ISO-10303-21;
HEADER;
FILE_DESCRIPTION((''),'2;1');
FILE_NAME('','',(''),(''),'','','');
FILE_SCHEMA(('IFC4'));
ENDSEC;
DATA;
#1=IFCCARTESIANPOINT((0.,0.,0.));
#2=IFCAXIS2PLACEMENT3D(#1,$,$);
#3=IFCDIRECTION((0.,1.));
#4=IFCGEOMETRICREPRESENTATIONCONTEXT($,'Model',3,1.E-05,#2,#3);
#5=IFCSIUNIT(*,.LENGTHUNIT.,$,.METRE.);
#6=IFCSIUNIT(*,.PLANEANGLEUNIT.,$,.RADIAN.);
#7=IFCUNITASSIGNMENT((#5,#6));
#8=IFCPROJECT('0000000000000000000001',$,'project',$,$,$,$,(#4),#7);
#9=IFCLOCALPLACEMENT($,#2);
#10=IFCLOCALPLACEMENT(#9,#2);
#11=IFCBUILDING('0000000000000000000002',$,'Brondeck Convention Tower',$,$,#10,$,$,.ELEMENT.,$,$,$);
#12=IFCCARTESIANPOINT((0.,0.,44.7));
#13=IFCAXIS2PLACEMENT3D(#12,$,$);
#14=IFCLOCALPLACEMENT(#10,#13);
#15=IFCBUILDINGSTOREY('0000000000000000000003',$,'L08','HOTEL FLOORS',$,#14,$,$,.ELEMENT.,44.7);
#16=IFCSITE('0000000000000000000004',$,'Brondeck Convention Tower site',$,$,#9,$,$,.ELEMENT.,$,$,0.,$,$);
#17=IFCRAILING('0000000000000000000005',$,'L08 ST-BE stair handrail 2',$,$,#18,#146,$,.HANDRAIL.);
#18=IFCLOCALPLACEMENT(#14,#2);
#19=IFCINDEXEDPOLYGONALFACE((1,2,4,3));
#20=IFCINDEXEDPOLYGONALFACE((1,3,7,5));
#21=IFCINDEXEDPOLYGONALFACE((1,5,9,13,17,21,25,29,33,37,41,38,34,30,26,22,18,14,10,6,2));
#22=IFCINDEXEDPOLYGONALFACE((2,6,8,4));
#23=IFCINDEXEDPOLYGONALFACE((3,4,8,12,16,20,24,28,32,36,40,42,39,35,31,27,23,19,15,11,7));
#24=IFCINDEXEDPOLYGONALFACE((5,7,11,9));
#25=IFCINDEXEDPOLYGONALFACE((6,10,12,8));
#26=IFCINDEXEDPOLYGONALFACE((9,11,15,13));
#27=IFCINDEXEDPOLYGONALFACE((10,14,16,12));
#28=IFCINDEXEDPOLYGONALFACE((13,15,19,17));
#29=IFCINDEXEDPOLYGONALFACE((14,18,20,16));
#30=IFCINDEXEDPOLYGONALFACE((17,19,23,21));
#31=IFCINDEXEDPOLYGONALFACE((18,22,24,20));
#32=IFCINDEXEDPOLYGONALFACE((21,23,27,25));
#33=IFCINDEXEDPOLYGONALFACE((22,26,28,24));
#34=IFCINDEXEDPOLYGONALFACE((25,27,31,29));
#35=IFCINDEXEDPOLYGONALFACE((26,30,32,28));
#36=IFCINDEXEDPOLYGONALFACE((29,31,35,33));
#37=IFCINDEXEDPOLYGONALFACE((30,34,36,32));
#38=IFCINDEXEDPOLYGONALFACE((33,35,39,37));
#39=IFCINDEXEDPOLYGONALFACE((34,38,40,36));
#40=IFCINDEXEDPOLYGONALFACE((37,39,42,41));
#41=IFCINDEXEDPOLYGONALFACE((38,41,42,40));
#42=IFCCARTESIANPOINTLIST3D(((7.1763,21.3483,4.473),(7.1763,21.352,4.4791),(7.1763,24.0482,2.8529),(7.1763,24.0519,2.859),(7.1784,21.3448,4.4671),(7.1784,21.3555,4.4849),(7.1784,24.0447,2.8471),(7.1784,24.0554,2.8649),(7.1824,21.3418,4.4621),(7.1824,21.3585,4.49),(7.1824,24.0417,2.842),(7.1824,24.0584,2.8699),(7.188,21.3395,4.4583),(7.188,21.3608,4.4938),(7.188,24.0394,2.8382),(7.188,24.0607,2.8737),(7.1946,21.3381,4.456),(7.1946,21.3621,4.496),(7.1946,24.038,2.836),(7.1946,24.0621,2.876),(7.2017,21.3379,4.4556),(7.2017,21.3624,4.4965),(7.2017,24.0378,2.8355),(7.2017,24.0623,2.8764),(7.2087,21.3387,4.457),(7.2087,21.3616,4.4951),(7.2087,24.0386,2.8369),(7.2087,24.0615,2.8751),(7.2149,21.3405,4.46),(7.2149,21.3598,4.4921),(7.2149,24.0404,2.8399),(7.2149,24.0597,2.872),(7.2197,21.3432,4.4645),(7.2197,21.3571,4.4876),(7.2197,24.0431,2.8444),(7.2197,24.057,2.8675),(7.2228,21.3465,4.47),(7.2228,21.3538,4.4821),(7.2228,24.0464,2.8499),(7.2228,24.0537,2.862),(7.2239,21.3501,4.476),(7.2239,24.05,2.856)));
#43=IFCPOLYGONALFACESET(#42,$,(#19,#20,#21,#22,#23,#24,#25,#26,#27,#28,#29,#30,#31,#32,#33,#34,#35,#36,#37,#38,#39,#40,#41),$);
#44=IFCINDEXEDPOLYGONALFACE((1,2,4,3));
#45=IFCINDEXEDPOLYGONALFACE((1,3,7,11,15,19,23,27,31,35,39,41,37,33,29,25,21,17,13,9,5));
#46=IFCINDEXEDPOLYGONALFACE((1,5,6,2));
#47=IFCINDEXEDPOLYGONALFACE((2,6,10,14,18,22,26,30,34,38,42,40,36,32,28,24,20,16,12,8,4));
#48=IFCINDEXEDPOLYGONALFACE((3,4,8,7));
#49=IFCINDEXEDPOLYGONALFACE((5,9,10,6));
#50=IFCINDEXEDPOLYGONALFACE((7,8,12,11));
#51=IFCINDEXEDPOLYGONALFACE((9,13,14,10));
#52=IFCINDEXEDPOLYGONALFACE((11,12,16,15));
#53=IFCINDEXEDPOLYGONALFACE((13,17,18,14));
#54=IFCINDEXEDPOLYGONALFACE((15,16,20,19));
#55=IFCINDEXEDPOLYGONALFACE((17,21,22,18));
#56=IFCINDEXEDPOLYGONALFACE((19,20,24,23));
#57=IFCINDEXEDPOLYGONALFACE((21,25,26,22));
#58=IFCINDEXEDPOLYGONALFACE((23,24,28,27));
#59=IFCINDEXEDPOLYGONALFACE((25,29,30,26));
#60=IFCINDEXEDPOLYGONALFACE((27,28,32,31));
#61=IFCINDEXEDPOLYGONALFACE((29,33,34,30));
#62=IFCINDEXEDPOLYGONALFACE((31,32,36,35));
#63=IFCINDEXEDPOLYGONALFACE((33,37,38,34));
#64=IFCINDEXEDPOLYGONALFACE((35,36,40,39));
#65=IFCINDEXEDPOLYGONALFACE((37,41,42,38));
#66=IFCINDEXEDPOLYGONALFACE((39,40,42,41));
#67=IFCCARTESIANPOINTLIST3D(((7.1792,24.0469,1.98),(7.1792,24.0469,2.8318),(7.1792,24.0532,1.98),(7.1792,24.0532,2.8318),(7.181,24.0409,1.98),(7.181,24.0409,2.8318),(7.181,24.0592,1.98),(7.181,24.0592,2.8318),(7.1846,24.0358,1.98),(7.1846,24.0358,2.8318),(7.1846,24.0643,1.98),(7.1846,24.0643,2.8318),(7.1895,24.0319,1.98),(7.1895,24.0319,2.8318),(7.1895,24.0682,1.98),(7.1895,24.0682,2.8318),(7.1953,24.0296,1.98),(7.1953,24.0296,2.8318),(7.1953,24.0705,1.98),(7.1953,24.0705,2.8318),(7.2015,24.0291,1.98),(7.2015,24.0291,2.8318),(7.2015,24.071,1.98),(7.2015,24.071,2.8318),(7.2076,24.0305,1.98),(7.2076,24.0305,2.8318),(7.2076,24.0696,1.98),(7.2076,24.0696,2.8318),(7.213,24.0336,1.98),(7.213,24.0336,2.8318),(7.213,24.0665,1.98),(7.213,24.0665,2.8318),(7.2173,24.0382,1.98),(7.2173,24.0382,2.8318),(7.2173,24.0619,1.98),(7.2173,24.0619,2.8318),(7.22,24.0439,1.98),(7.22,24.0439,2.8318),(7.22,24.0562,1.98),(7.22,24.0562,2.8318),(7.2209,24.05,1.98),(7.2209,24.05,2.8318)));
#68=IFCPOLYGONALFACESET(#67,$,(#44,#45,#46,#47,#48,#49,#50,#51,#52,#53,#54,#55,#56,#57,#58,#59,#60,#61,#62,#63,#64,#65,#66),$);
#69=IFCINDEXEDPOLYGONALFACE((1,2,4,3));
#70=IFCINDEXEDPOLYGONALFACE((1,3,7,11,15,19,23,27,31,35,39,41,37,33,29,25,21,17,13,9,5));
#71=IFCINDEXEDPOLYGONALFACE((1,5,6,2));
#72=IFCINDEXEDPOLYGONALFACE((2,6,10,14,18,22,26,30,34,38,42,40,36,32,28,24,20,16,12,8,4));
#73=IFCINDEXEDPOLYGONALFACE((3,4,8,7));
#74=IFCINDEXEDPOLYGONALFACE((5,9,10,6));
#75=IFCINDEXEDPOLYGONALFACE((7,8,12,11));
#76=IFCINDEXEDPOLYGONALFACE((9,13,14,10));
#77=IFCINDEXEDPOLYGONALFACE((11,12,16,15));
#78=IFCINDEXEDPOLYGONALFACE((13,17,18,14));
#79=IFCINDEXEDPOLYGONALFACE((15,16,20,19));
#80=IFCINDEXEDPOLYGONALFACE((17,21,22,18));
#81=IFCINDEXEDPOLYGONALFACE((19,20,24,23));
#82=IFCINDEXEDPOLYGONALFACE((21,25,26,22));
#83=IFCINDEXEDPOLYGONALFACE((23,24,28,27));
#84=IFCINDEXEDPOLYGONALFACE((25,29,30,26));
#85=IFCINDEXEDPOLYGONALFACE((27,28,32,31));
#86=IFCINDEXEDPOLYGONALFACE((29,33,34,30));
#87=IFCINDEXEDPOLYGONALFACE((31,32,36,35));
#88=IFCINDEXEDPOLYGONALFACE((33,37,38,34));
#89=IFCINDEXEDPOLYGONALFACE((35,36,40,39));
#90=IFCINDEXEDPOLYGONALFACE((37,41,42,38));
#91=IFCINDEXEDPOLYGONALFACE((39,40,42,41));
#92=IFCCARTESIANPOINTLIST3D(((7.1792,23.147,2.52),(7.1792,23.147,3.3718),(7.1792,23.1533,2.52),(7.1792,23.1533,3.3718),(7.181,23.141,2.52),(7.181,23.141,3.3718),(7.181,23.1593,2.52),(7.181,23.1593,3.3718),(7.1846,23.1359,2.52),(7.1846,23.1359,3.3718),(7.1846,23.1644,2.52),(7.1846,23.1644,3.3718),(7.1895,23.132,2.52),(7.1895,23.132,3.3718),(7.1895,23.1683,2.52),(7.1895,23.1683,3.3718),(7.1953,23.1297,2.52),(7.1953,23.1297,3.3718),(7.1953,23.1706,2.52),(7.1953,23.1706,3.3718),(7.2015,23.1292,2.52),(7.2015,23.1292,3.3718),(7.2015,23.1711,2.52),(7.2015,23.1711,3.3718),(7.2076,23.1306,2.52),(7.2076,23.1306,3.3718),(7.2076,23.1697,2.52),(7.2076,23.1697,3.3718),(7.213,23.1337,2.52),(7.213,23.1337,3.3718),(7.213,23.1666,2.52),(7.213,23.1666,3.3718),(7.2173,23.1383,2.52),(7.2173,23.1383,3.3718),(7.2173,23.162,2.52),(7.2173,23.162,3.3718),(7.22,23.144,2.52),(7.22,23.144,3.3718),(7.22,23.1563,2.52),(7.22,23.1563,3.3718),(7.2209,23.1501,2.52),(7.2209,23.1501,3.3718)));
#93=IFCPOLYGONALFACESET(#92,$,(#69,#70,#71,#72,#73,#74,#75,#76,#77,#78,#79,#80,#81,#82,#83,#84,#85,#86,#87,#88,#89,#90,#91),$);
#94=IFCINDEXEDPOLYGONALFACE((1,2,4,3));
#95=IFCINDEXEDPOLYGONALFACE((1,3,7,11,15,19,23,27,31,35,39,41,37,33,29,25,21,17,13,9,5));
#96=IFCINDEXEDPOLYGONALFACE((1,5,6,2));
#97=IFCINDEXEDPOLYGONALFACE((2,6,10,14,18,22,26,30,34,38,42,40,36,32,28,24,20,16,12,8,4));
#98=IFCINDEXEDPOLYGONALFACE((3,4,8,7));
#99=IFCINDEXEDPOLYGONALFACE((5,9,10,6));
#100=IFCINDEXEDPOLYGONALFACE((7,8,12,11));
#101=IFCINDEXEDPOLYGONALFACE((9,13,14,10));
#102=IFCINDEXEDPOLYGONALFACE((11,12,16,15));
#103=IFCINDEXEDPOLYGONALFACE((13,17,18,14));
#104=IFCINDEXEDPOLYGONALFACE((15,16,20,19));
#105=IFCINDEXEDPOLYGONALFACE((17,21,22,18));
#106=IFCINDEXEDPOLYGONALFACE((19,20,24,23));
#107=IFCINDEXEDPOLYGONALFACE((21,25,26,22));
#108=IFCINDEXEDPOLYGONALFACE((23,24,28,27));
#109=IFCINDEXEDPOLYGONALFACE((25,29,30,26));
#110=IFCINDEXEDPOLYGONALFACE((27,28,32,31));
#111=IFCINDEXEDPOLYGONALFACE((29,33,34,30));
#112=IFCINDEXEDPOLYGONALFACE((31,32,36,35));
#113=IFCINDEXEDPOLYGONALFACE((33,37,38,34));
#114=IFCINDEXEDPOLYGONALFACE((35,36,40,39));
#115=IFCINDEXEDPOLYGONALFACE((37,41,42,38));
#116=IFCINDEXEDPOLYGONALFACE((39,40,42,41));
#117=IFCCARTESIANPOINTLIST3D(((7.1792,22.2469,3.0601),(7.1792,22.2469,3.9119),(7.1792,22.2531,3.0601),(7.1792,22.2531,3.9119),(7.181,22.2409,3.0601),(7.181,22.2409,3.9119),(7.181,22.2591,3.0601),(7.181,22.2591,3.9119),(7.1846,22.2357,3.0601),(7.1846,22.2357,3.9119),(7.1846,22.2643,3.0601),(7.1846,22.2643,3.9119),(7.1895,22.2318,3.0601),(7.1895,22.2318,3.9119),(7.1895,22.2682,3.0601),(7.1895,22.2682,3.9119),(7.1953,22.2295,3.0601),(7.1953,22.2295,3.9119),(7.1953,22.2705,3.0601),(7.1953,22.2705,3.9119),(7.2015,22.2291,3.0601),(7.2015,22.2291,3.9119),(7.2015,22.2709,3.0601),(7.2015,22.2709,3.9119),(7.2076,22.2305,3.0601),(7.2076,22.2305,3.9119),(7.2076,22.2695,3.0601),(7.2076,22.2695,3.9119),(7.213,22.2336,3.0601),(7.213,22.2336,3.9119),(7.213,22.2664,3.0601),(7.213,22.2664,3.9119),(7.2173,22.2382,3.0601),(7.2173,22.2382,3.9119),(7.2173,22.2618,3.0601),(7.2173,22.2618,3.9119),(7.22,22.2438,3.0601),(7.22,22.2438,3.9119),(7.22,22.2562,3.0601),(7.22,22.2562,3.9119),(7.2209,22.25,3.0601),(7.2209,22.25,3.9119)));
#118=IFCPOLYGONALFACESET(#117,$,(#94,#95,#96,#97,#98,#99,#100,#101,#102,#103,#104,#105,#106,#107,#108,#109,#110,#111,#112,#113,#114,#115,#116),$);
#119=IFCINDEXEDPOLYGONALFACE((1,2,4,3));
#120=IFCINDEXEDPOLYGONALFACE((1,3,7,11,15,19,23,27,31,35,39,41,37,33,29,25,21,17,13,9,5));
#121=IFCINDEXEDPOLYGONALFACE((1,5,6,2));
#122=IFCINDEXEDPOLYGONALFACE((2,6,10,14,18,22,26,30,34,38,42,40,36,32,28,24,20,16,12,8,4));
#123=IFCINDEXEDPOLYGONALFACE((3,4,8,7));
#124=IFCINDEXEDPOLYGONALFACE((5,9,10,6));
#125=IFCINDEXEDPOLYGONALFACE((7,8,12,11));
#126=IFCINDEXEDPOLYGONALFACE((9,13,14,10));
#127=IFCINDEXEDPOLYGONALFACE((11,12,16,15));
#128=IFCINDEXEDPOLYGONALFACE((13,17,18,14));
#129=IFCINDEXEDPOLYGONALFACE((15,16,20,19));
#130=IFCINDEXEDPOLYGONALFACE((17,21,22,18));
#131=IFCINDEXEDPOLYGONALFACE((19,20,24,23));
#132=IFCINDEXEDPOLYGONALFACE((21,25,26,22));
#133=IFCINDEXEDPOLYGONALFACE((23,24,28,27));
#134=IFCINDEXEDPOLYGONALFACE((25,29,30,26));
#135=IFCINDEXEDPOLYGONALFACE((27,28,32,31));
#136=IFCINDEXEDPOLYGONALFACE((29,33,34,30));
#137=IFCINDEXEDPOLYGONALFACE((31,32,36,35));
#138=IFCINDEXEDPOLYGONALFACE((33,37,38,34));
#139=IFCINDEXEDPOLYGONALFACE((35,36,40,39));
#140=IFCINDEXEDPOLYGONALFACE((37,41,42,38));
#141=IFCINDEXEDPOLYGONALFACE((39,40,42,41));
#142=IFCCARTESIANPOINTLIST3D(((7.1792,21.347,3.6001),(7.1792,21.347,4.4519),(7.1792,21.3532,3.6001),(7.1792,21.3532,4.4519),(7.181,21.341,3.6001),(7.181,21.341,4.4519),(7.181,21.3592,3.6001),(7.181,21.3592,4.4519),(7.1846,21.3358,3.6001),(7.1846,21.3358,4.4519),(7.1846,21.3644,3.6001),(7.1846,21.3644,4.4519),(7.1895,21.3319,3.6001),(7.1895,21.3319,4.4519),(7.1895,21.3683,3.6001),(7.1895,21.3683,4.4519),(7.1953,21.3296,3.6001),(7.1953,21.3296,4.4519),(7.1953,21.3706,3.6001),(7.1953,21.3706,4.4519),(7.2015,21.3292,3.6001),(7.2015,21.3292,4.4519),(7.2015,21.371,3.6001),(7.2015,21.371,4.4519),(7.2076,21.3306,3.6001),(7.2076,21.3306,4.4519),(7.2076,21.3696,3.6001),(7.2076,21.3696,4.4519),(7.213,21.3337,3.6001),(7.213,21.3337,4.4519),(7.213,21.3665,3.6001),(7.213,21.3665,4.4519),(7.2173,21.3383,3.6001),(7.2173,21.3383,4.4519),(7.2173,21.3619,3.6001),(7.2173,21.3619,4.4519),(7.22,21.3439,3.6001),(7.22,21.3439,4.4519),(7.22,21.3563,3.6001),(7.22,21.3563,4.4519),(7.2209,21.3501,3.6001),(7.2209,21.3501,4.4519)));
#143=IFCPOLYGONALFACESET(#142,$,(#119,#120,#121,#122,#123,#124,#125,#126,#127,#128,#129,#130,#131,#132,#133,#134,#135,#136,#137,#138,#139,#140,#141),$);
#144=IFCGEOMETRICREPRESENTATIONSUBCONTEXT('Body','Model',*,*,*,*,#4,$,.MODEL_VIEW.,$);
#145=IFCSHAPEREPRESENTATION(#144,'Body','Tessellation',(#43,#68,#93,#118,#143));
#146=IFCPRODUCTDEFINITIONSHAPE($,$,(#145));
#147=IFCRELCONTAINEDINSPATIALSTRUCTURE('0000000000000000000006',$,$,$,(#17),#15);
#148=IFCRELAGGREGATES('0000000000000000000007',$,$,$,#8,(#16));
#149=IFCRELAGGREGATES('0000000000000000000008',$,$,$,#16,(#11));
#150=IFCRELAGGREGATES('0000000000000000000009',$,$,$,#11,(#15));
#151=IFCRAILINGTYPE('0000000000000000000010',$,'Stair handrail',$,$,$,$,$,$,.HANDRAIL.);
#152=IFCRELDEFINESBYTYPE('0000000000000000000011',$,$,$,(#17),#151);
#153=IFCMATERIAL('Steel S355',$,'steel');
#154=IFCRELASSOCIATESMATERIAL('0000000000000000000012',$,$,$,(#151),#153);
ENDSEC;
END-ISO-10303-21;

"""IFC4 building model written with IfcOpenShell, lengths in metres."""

from ifc_helpers import new_model, si_unit, direction, frame, origin, origin_2d, place, context, subcontext, project, spatial, circle, extrude, material, type_object, element, save


model = new_model("IFC4")

# Units and contexts
model_context = context("Model", 3, precision=1e-05, world=origin(), true_north=direction((0.0, 1.0)))
body_context = subcontext(model_context, "Body", "Model", "MODEL_VIEW")
ifc_project = project(units=[si_unit("LENGTHUNIT", "METRE"), si_unit("PLANEANGLEUNIT", "RADIAN")], contexts=[model_context])

# Site, building, storey
site_placement = place(None, origin())
site = spatial("IfcSite", under=ifc_project, at=site_placement, Name="Brondeck Convention Tower site", CompositionType="ELEMENT", RefElevation=0.0)
building_placement = place(site_placement, origin())
building = spatial("IfcBuilding", under=site, at=building_placement, Name="Brondeck Convention Tower", CompositionType="ELEMENT")
storey_placement = place(building_placement, frame((0.0, 0.0, 44.7)))
storey = spatial("IfcBuildingStorey", under=building, at=storey_placement, Name="L08", Description="HOTEL FLOORS", CompositionType="ELEMENT", Elevation=44.7)

# Shared definitions
ifc_material_1 = material(Name="Steel S355", Category="steel")

# Railing
railing_type_1 = type_object("IfcRailingType", Name="Stair handrail", PredefinedType="HANDRAIL", material=ifc_material_1)
railing_1_placement = place(storey_placement, frame((7.2, 24.05, 1.98)))
element("IfcRailing", 1, at=railing_1_placement, inside=storey, type_object=railing_type_1, Name="L08 ST-BE stair handrail 2", PredefinedType="HANDRAIL", context=body_context, shape_type="SweptSolid", body=[
    extrude(circle(Radius=0.0239, at=origin_2d()), frame((0.0, 0.0, 0.876), z_axis=(0.0, -0.857472, 0.51453), x_axis=(1.0, 0.0, 0.0)), (0.0, 0.0, 1.0), 3.1487),
    extrude(circle(Radius=0.021, at=origin_2d()), origin(), (0.0, 0.0, 1.0), 0.8518),
    extrude(circle(Radius=0.021, at=origin_2d()), frame((0.0, -0.8999, 0.54)), (0.0, 0.0, 1.0), 0.8518),
    extrude(circle(Radius=0.021, at=origin_2d()), frame((0.0, -1.8, 1.0801)), (0.0, 0.0, 1.0), 0.8518),
    extrude(circle(Radius=0.021, at=origin_2d()), frame((0.0, -2.7, 1.6201)), (0.0, 0.0, 1.0), 0.8518),
])

save(model, "model.ifc")
